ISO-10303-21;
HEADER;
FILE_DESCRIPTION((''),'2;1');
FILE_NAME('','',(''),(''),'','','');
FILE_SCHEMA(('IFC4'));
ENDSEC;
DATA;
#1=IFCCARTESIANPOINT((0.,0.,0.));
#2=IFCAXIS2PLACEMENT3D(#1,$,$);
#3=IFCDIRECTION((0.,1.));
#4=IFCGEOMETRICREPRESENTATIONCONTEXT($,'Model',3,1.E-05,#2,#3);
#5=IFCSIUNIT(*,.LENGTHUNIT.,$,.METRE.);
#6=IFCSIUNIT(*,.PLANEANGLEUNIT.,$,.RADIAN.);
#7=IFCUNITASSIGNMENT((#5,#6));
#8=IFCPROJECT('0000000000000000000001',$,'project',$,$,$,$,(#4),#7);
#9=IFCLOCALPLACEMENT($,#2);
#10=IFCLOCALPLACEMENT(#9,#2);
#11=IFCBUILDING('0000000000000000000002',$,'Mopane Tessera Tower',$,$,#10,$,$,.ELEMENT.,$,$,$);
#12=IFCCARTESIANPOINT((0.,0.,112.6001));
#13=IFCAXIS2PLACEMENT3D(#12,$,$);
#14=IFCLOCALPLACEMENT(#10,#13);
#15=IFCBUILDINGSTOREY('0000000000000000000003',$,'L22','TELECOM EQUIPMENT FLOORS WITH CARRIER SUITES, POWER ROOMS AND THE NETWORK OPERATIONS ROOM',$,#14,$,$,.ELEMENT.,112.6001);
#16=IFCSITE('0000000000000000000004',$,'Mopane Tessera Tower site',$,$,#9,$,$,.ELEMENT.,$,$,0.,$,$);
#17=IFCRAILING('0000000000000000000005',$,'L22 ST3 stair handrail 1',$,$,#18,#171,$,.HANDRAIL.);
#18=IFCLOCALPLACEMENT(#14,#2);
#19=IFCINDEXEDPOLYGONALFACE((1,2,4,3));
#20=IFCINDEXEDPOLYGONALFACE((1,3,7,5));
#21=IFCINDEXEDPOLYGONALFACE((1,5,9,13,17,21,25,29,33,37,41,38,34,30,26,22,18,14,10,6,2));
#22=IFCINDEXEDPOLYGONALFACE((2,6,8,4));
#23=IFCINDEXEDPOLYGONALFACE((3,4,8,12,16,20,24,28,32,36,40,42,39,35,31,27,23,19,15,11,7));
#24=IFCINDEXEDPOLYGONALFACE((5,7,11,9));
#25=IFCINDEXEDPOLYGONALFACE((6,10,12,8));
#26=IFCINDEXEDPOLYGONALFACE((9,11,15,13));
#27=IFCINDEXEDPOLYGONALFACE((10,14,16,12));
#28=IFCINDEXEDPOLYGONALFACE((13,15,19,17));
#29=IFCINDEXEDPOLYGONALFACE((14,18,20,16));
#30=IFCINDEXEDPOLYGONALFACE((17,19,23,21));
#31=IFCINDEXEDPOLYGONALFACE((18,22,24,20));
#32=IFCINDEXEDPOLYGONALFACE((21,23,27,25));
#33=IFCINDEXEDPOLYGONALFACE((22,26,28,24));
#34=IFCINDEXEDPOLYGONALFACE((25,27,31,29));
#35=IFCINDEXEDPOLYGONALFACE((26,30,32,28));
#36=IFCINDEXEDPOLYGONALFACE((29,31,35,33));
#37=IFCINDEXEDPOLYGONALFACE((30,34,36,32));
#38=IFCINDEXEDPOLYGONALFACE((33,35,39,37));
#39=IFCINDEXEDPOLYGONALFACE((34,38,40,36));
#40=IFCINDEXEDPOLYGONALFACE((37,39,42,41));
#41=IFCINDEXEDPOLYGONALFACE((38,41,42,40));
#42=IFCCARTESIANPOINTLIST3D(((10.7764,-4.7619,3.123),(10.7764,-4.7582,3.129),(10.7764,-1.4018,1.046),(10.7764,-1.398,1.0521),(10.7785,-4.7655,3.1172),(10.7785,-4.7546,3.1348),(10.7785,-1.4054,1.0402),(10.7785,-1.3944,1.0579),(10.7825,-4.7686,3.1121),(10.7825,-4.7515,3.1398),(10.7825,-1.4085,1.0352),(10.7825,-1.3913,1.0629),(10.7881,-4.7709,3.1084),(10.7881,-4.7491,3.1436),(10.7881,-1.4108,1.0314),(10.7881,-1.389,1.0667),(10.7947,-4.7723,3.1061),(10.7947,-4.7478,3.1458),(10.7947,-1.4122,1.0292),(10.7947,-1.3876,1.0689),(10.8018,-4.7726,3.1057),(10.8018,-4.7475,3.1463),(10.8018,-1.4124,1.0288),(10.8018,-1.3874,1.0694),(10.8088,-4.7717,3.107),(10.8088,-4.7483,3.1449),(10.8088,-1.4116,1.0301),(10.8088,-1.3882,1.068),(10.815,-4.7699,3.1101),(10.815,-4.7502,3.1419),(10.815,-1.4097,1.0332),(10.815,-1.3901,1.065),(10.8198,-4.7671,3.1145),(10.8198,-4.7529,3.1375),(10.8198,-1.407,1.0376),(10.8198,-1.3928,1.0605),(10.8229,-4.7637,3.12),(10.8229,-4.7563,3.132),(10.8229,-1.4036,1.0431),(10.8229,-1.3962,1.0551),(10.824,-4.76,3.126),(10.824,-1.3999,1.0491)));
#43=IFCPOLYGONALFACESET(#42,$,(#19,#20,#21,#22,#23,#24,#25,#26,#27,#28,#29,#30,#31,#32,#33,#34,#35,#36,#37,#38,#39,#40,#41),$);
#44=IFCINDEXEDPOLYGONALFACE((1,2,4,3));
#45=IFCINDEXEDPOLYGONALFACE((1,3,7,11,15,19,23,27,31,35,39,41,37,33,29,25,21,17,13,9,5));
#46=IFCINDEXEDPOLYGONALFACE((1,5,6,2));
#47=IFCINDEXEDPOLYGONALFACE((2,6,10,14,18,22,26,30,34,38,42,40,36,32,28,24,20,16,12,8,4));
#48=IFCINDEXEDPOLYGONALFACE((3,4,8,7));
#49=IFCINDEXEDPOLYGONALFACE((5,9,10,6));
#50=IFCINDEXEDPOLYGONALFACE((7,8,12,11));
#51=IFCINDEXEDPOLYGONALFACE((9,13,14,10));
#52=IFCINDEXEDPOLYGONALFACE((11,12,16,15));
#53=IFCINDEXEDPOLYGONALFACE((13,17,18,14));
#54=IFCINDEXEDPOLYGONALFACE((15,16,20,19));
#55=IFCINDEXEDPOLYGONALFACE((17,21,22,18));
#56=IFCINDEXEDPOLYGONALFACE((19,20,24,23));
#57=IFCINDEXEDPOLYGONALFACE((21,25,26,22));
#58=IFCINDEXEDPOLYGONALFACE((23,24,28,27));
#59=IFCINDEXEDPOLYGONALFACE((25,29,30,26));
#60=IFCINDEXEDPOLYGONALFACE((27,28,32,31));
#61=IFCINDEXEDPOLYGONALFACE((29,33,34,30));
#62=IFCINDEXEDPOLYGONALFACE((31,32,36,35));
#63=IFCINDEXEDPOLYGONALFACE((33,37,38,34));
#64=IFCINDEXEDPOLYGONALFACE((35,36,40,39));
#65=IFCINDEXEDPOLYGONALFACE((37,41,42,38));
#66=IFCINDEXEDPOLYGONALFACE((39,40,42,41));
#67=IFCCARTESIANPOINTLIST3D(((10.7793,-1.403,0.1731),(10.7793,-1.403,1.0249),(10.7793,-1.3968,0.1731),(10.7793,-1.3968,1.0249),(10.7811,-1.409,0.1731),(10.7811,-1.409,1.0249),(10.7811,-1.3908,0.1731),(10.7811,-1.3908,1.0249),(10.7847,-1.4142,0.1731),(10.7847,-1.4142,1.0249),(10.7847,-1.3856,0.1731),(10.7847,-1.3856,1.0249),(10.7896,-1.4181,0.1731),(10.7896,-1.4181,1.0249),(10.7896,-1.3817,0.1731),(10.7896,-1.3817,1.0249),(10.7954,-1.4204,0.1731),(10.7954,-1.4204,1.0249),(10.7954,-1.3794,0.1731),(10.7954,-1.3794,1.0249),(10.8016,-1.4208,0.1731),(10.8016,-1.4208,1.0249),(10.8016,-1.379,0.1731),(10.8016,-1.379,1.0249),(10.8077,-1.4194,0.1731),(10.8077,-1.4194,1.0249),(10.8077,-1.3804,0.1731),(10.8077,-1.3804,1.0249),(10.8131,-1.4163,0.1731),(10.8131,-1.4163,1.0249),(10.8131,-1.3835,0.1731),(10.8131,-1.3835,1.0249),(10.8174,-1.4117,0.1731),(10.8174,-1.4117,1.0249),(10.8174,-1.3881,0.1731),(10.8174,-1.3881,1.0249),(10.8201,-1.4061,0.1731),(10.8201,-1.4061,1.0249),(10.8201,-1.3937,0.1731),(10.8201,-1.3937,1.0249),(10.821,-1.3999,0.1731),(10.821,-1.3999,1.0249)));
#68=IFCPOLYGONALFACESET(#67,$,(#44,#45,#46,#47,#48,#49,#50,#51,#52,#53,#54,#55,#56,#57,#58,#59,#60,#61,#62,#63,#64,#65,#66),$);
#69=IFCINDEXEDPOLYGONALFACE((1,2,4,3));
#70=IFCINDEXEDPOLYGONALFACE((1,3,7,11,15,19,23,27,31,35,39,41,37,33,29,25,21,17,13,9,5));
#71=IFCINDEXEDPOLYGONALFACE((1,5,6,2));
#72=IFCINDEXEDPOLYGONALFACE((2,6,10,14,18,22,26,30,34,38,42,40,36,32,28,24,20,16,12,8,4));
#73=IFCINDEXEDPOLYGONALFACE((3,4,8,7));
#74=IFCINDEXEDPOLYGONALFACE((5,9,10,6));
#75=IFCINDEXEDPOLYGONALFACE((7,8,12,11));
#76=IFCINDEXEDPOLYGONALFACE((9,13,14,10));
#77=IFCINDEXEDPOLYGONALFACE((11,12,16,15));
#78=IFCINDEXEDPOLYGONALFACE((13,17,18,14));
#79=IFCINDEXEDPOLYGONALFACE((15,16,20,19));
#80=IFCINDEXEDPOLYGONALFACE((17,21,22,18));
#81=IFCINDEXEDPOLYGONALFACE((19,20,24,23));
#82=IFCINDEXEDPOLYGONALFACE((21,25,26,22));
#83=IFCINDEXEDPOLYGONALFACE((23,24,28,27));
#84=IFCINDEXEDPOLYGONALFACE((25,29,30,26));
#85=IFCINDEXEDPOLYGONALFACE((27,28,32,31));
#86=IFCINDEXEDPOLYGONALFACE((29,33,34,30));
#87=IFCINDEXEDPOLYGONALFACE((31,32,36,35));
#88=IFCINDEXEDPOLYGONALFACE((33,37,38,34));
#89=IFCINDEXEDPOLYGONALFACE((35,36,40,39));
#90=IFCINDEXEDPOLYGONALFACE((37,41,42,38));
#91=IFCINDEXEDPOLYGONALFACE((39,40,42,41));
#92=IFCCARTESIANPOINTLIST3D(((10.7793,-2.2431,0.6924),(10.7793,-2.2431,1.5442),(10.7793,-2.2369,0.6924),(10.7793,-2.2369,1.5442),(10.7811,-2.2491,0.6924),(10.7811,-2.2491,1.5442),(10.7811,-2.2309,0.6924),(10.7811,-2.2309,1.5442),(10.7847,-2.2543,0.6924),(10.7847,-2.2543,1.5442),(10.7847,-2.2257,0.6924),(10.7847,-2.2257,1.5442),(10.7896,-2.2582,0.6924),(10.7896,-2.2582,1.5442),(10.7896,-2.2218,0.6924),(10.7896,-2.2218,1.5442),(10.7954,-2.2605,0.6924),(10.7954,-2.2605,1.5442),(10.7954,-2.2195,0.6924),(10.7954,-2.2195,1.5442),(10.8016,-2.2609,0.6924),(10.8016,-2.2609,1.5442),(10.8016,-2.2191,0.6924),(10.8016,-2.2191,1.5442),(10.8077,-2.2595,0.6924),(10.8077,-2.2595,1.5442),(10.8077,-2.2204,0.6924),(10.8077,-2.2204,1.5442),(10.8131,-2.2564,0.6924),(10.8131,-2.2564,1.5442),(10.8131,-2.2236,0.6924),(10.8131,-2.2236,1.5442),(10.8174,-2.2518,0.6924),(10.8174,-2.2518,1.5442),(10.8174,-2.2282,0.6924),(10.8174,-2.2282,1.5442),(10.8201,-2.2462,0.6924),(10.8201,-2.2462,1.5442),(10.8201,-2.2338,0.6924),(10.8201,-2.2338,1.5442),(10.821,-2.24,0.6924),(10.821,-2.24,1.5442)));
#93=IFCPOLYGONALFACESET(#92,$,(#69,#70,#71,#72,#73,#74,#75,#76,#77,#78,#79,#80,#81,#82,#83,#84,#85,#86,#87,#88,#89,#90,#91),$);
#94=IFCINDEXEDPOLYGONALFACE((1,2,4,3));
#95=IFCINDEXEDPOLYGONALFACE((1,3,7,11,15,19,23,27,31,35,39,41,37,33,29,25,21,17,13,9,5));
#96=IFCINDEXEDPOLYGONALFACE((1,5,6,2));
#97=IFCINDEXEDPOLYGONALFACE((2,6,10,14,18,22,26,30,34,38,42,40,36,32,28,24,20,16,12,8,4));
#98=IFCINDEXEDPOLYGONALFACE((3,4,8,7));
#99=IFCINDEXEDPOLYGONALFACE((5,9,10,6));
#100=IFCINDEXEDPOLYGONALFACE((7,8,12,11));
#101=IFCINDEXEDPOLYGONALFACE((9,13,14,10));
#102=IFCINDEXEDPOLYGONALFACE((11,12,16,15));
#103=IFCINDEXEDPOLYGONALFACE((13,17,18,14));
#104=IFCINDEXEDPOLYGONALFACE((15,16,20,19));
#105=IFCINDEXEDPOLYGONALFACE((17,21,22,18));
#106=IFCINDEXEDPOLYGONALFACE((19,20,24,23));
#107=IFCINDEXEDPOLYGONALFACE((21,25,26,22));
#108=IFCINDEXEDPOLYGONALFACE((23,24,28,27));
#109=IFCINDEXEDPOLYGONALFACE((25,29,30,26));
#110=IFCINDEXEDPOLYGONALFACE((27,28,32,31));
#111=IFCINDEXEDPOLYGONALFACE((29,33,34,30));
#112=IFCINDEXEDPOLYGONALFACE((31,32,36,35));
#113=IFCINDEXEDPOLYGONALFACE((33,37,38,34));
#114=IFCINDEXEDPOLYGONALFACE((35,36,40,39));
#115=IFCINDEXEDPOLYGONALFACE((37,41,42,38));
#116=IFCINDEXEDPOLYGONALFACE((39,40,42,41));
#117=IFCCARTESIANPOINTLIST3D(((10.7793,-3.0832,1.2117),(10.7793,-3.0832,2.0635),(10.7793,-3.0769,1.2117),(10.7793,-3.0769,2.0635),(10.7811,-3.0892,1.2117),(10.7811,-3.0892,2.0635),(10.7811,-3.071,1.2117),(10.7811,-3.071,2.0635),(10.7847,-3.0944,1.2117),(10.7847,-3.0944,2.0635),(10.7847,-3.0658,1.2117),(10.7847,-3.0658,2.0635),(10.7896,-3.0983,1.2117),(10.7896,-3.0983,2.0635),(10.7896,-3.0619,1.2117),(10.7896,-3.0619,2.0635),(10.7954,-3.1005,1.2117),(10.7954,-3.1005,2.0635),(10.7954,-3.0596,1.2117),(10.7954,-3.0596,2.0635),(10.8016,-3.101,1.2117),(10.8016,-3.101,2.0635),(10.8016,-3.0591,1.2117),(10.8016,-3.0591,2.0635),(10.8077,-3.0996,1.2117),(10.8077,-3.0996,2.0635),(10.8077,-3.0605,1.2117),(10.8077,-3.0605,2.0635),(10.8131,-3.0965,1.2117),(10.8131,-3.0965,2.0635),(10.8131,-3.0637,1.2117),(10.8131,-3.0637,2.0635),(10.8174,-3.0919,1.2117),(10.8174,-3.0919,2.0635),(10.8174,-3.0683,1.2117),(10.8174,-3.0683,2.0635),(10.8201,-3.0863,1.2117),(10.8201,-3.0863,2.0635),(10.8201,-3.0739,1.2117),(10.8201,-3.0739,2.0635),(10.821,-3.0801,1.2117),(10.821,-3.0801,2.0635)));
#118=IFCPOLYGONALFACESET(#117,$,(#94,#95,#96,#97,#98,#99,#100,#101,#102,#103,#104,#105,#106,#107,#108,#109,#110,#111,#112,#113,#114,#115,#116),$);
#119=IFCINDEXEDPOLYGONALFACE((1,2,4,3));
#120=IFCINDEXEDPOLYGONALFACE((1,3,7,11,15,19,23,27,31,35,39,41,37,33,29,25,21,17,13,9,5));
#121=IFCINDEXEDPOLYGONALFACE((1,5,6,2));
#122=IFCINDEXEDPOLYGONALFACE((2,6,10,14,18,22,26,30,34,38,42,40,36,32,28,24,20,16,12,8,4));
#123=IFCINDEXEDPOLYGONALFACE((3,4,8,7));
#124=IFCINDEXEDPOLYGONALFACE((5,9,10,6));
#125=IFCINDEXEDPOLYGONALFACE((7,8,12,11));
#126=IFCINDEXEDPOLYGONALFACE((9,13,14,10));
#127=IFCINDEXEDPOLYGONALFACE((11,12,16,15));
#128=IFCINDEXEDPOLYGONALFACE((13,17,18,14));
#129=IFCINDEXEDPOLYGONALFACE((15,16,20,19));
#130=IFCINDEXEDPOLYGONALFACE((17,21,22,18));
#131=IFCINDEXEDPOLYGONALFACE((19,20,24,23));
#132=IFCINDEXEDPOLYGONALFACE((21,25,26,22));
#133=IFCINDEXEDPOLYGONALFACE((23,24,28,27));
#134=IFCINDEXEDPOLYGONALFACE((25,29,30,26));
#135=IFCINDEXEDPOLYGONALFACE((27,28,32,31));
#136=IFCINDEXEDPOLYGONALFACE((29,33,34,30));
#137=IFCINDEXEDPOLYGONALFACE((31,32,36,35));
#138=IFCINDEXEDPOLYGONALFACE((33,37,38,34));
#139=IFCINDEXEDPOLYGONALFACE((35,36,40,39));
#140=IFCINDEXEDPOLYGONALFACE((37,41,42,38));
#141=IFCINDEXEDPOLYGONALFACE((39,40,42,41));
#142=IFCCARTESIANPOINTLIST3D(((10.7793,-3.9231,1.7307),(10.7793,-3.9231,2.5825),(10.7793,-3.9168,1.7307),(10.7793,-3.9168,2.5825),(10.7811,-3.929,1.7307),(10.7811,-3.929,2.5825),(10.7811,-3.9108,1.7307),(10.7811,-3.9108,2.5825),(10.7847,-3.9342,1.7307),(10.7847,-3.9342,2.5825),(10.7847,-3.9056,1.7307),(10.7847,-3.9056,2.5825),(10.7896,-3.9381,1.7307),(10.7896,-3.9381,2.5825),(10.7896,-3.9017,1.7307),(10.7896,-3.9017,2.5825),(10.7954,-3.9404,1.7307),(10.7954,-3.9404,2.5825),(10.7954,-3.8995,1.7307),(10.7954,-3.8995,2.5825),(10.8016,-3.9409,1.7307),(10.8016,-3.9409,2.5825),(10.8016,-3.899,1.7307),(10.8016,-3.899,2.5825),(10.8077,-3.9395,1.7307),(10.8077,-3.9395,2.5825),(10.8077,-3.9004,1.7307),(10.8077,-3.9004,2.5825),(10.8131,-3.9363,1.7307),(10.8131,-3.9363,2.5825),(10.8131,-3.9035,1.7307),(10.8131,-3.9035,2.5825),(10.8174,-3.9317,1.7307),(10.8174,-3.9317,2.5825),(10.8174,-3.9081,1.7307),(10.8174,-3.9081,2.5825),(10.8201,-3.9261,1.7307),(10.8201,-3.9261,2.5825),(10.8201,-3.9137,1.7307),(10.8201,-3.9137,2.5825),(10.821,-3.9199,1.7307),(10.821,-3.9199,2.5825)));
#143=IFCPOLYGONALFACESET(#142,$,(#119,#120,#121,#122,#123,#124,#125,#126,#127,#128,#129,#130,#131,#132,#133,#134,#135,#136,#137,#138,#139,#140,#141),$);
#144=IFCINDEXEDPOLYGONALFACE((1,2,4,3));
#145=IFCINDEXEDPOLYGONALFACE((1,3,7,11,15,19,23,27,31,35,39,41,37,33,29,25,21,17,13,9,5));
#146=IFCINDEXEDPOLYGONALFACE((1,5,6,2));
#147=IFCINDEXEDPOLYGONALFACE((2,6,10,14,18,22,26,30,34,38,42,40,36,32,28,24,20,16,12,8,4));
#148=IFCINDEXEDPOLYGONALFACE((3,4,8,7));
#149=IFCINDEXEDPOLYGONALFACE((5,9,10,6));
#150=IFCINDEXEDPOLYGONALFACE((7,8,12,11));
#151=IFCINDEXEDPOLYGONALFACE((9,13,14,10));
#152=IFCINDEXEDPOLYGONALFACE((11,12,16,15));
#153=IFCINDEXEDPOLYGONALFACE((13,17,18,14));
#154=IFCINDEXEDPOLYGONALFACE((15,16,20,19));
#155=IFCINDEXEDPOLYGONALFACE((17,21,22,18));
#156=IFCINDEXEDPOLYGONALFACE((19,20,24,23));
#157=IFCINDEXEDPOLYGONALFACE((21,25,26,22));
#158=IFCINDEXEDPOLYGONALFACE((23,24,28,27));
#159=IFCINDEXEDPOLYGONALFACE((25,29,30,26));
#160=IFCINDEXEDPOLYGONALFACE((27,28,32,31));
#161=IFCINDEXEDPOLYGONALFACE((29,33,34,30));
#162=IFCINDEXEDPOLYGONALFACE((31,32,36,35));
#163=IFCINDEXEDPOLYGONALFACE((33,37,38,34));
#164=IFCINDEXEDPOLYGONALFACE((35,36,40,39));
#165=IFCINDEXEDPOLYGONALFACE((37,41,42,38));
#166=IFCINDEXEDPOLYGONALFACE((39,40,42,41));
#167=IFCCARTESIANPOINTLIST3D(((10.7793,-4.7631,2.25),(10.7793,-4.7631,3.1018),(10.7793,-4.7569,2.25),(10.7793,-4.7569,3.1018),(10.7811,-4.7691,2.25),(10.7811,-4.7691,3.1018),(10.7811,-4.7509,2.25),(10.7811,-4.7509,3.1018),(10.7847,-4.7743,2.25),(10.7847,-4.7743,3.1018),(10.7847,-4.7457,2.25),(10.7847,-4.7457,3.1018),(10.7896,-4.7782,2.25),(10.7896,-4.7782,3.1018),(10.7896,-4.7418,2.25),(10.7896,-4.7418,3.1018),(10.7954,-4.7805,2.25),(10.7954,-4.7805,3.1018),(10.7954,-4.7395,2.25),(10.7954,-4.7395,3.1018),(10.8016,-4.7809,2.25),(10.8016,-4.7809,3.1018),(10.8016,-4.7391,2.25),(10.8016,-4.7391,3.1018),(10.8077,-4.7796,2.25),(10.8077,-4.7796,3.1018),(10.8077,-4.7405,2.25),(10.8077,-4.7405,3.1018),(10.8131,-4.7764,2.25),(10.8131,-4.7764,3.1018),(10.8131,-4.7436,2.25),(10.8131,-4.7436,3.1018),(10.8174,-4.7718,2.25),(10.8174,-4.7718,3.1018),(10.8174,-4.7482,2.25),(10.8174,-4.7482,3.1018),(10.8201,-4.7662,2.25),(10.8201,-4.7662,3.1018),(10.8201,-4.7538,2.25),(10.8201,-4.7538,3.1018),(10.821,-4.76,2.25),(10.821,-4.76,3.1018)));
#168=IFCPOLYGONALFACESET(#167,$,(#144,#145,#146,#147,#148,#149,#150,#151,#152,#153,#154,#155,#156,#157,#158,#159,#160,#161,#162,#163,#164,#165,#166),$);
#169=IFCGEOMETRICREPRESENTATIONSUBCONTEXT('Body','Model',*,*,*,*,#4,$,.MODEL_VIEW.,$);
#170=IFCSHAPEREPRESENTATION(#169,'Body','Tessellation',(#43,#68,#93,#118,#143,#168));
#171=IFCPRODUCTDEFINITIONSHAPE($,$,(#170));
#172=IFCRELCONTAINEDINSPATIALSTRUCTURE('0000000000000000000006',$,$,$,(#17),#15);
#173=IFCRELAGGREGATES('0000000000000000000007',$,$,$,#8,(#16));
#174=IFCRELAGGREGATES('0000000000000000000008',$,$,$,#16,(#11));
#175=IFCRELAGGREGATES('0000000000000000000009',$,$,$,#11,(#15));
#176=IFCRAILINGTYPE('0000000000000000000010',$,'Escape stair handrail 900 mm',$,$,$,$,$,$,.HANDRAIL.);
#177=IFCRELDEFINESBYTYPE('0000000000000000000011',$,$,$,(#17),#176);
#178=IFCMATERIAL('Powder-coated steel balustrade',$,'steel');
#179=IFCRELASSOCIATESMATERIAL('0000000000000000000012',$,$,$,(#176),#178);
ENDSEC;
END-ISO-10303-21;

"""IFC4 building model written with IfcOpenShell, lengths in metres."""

from ifc_helpers import new_model, si_unit, direction, frame, origin, origin_2d, place, context, subcontext, project, spatial, circle, extrude, material, type_object, element, save


model = new_model("IFC4")

# Units and contexts
model_context = context("Model", 3, precision=1e-05, world=origin(), true_north=direction((0.0, 1.0)))
body_context = subcontext(model_context, "Body", "Model", "MODEL_VIEW")
ifc_project = project(units=[si_unit("LENGTHUNIT", "METRE"), si_unit("PLANEANGLEUNIT", "RADIAN")], contexts=[model_context])

# Site, building, storey
site_placement = place(None, origin())
site = spatial("IfcSite", under=ifc_project, at=site_placement, Name="Mopane Tessera Tower site", CompositionType="ELEMENT", RefElevation=0.0)
building_placement = place(site_placement, origin())
building = spatial("IfcBuilding", under=site, at=building_placement, Name="Mopane Tessera Tower", CompositionType="ELEMENT")
storey_placement = place(building_placement, frame((0.0, 0.0, 112.6001)))
storey = spatial("IfcBuildingStorey", under=building, at=storey_placement, Name="L22", Description="TELECOM EQUIPMENT FLOORS WITH CARRIER SUITES, POWER ROOMS AND THE NETWORK OPERATIONS ROOM", CompositionType="ELEMENT", Elevation=112.6001)

# Railing
ifc_material_1 = material(Name="Powder-coated steel balustrade", Category="steel")
railing_type = type_object("IfcRailingType", Name="Escape stair handrail 900 mm", PredefinedType="HANDRAIL", material=ifc_material_1)
railing_placement = place(storey_placement, frame((10.8, -1.3999, 0.1731)))
element("IfcRailing", 1, at=railing_placement, inside=storey, type_object=railing_type, Name="L22 ST3 stair handrail 1", PredefinedType="HANDRAIL", context=body_context, shape_type="SweptSolid", body=[
    extrude(circle(Radius=0.0239, at=origin_2d()), frame((0.0, 0.0, 0.876), z_axis=(0.0, -0.850623, 0.525776), x_axis=(1.0, 0.0, 0.0)), (0.0, 0.0, 1.0), 3.9502),
    extrude(circle(Radius=0.021, at=origin_2d()), origin(), (0.0, 0.0, 1.0), 0.8518),
    extrude(circle(Radius=0.021, at=origin_2d()), frame((0.0, -0.8401, 0.5193)), (0.0, 0.0, 1.0), 0.8518),
    extrude(circle(Radius=0.021, at=origin_2d()), frame((0.0, -1.6802, 1.0386)), (0.0, 0.0, 1.0), 0.8518),
    extrude(circle(Radius=0.021, at=origin_2d()), frame((0.0, -2.52, 1.5576)), (0.0, 0.0, 1.0), 0.8518),
    extrude(circle(Radius=0.021, at=origin_2d()), frame((0.0, -3.3601, 2.0769)), (0.0, 0.0, 1.0), 0.8518),
])

save(model, "model.ifc")
